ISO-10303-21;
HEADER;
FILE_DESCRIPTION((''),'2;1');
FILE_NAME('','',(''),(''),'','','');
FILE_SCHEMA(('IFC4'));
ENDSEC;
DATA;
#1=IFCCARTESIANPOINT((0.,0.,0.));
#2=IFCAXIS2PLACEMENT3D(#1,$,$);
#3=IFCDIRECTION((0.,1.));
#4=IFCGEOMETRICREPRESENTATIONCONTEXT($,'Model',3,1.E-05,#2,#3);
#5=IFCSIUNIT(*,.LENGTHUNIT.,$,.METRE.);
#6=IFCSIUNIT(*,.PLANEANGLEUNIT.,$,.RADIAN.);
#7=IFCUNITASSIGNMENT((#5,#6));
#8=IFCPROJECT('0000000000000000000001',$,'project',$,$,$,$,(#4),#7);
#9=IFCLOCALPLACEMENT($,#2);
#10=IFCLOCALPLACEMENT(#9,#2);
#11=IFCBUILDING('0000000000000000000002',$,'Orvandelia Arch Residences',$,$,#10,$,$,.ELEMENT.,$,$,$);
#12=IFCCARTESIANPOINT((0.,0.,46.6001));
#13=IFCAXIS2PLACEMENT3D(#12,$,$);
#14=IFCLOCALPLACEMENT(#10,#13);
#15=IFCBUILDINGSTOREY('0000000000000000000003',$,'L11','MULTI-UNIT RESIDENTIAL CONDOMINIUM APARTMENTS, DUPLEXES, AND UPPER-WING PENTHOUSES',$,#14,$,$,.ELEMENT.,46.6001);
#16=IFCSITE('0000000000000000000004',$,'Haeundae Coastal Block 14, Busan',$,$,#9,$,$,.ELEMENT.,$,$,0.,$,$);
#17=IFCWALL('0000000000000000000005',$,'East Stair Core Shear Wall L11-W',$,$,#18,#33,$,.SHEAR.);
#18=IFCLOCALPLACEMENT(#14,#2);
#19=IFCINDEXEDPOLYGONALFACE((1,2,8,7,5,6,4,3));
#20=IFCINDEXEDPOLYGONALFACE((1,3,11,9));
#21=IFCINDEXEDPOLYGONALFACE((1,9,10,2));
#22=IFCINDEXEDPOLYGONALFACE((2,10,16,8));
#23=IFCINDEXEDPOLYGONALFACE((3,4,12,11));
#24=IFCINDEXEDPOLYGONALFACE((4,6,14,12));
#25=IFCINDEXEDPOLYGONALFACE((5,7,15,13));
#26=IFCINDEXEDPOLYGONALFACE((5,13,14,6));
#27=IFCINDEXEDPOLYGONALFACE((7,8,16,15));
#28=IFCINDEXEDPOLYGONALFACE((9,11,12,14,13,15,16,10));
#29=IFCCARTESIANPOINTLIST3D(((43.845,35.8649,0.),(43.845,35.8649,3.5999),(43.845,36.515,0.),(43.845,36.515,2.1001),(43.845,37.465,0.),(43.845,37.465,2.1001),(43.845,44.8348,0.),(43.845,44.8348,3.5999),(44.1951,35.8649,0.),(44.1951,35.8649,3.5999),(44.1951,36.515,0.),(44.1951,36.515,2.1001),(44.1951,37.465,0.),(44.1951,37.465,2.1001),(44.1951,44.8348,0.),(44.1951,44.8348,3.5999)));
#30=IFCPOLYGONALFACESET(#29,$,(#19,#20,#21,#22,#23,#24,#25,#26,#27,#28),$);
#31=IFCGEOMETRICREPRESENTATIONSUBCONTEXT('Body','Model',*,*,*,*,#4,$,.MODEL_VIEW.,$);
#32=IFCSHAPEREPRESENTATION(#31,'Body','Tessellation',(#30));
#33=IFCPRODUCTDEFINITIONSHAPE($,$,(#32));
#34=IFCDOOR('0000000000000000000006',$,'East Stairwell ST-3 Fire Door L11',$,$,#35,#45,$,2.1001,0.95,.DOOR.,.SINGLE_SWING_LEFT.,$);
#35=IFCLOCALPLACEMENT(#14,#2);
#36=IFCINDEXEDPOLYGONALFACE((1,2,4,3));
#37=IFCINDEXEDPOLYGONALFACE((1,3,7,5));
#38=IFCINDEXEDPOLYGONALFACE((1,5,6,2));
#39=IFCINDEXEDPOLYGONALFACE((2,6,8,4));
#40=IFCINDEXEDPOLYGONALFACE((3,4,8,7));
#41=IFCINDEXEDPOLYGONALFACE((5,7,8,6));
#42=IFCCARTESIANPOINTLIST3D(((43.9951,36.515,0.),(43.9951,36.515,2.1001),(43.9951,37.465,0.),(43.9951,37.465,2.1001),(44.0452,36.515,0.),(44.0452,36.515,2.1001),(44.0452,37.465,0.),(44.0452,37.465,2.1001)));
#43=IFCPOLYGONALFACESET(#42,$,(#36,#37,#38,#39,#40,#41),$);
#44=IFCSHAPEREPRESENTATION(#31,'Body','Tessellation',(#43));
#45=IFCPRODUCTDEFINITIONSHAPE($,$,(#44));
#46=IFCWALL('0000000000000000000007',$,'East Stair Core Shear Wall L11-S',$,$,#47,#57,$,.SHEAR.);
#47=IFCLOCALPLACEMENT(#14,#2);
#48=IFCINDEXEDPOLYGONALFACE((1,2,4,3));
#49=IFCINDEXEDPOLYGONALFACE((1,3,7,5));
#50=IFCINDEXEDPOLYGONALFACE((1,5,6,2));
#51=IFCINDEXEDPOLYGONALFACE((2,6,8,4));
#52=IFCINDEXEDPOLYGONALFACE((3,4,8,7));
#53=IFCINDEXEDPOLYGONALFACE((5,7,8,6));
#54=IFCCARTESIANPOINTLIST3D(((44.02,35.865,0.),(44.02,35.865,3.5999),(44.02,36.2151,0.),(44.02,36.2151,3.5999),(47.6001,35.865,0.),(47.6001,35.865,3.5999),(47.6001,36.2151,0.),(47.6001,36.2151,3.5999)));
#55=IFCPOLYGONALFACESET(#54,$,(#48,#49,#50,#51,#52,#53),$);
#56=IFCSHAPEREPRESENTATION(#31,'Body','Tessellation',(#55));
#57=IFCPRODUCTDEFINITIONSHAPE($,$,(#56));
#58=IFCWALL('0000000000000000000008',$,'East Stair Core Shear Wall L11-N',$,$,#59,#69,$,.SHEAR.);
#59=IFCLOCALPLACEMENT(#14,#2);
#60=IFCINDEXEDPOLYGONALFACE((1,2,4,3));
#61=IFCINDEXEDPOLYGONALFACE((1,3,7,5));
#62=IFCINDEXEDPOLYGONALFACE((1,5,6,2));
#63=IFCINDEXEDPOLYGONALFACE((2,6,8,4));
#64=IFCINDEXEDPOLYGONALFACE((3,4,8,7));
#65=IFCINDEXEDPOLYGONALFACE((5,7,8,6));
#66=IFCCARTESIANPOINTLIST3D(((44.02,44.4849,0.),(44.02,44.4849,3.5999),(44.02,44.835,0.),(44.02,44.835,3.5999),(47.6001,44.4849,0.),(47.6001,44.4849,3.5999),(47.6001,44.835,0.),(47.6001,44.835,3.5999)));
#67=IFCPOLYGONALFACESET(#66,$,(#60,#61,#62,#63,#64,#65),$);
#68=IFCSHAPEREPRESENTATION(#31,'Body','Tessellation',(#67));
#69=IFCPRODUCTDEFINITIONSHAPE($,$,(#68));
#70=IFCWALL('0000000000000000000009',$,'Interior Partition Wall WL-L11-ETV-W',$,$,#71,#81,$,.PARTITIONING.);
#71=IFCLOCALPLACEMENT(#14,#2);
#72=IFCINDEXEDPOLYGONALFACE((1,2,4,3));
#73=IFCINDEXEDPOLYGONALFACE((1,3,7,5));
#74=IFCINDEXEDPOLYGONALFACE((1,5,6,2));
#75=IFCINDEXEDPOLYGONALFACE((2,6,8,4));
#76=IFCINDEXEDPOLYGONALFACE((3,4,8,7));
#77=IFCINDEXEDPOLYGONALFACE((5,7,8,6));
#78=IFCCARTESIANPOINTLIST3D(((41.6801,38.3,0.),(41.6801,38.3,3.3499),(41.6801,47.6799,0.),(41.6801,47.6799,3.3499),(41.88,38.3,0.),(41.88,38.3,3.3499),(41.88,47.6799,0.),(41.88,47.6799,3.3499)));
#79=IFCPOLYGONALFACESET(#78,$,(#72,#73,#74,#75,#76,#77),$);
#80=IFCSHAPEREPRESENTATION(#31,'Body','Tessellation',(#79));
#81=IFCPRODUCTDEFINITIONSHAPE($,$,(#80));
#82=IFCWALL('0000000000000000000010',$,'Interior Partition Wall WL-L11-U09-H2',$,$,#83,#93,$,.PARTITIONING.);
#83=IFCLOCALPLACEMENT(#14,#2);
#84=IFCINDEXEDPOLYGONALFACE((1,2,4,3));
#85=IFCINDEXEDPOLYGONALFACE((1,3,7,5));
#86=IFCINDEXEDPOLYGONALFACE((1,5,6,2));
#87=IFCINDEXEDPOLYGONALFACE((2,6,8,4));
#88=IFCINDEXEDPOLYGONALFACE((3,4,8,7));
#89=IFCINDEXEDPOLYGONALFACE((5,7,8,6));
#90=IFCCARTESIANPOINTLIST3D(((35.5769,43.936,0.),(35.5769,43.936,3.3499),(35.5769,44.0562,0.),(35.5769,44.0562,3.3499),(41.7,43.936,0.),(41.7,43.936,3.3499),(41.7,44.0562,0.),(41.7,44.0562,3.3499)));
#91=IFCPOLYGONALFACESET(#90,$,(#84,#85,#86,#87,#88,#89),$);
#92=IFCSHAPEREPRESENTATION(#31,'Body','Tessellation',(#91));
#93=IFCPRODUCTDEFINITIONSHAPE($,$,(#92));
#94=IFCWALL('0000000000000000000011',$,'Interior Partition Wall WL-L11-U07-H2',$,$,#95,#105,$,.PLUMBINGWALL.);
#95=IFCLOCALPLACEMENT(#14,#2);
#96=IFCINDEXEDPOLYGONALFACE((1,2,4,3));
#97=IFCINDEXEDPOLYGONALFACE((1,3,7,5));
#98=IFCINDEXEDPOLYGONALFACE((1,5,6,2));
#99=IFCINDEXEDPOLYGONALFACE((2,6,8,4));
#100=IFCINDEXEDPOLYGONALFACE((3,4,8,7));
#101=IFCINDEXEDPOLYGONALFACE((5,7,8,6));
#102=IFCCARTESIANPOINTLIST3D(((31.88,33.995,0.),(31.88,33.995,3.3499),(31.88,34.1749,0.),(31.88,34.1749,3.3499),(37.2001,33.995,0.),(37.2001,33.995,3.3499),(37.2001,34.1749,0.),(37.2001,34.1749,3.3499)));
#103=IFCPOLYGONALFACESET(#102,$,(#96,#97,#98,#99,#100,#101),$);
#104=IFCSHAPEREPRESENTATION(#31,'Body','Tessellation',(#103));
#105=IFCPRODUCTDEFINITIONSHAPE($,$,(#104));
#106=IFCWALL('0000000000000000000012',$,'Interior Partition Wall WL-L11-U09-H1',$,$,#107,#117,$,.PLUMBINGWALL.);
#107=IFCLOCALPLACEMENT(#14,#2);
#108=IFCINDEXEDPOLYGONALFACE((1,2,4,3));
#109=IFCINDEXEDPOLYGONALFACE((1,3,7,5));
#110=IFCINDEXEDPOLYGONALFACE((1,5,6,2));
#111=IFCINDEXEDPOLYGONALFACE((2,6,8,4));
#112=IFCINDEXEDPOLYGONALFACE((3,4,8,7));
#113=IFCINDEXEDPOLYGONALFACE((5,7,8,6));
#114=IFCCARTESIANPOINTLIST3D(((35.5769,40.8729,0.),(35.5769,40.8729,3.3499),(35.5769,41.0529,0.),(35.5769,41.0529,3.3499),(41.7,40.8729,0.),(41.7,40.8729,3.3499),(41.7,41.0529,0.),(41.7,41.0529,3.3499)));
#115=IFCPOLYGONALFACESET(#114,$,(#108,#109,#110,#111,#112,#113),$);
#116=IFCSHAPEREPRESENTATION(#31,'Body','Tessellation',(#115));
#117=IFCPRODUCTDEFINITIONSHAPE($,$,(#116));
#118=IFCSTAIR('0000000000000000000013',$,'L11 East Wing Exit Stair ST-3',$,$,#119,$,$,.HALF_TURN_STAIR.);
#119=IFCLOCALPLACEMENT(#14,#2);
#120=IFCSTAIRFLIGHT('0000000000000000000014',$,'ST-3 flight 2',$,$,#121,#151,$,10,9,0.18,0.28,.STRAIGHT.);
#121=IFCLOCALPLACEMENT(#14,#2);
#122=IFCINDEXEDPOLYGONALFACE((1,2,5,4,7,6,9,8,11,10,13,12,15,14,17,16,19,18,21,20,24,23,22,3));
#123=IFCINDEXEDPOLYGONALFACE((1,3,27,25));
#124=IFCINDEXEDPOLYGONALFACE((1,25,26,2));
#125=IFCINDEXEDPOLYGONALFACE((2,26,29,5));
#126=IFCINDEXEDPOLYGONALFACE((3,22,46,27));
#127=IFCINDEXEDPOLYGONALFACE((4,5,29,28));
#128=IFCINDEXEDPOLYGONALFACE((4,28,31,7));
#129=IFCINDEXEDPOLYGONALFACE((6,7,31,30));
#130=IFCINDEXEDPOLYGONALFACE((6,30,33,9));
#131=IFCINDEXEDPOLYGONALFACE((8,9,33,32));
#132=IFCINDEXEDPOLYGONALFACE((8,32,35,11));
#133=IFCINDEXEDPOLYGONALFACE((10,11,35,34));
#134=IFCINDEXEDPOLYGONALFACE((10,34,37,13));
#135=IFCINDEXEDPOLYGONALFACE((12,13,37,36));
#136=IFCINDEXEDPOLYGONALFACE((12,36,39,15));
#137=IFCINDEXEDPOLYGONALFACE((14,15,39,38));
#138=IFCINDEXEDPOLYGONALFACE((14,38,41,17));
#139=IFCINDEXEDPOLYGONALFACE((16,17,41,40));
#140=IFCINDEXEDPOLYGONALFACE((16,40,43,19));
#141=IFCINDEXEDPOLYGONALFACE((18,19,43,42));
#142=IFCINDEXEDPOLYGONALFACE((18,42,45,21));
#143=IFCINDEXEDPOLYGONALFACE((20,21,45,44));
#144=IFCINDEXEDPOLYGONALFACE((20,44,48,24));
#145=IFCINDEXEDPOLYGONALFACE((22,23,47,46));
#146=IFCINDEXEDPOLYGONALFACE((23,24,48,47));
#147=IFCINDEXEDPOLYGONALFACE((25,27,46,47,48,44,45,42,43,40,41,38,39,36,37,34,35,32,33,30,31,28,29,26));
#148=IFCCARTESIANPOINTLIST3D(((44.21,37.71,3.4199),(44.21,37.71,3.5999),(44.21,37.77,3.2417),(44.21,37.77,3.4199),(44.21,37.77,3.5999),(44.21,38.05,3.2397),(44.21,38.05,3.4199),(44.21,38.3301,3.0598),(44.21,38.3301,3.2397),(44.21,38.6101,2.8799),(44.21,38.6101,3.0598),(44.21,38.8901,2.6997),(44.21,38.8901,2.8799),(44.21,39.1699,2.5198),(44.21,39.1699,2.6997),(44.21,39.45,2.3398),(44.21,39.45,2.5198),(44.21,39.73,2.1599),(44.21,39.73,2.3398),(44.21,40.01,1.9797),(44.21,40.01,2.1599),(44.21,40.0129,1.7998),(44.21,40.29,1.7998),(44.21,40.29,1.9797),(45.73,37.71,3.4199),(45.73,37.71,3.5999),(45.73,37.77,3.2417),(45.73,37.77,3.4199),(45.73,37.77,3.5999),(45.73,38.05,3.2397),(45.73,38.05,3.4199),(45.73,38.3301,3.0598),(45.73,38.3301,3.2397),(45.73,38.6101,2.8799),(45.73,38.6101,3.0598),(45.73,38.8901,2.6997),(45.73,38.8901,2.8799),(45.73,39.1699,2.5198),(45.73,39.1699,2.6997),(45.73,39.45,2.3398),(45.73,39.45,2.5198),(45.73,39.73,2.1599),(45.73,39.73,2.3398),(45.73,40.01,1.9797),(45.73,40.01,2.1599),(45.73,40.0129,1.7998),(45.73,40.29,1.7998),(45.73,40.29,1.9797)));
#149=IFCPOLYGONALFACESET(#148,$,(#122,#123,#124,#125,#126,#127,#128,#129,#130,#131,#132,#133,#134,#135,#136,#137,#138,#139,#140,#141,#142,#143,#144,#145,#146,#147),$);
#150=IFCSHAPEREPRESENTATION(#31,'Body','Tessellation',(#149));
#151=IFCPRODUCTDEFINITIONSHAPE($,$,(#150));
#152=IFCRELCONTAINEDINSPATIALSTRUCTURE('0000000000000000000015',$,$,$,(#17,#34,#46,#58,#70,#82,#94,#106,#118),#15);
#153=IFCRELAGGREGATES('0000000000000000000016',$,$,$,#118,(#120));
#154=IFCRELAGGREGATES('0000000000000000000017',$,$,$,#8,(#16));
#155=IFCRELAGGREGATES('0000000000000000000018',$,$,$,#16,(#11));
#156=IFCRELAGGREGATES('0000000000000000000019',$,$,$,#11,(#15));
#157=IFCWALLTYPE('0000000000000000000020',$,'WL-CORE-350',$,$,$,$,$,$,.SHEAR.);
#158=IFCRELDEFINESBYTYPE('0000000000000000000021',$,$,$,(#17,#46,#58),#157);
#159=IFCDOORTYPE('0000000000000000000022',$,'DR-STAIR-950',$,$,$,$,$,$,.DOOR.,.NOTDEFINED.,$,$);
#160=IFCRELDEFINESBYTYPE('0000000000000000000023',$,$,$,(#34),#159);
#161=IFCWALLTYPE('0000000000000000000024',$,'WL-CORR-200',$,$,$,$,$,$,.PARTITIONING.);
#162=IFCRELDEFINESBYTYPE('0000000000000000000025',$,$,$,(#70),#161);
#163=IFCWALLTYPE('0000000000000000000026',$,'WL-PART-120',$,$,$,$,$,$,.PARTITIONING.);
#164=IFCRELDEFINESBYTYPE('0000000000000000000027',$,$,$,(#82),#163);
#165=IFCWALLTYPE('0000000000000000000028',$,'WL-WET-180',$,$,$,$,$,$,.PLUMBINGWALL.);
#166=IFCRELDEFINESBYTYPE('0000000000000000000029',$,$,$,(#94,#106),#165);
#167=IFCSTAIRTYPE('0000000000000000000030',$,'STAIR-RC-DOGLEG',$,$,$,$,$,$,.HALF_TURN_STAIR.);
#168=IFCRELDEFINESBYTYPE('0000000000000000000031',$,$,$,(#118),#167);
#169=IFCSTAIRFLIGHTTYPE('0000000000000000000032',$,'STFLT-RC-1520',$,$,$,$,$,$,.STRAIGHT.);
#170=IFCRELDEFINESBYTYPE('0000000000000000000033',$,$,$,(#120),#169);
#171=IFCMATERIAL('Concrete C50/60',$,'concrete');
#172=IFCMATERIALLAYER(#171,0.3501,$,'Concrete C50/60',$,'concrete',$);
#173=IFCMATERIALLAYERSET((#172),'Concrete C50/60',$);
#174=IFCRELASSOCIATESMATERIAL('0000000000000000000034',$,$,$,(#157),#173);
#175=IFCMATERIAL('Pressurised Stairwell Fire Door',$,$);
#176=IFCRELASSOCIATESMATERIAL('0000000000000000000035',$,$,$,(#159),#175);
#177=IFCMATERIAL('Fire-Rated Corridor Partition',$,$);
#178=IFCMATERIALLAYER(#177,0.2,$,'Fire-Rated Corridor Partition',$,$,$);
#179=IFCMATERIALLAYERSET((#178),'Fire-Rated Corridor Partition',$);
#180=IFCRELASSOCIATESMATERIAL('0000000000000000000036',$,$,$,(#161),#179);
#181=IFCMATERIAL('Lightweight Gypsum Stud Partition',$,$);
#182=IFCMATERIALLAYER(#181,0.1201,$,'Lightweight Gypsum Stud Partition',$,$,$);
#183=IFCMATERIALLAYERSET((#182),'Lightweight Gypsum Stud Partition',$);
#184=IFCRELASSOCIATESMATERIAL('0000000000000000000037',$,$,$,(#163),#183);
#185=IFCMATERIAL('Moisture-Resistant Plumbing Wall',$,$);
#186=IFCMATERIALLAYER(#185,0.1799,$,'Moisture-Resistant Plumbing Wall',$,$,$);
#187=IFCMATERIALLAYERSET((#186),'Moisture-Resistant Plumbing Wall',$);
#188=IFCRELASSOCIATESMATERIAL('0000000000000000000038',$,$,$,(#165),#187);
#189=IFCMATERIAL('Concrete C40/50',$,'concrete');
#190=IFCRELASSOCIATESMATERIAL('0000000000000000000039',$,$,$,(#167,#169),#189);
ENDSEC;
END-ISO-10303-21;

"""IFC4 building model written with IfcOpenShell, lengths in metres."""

from ifc_helpers import new_model, si_unit, direction, frame, frame_2d, origin, place, context, subcontext, project, spatial, polyline, rectangle, outline, extrude, material, layer, layer_set, type_object, element, fill, aggregate, save


model = new_model("IFC4")

# Units and contexts
model_context = context("Model", 3, precision=1e-05, world=origin(), true_north=direction((0.0, 1.0)))
body_context = subcontext(model_context, "Body", "Model", "MODEL_VIEW")
ifc_project = project(units=[si_unit("LENGTHUNIT", "METRE"), si_unit("PLANEANGLEUNIT", "RADIAN")], contexts=[model_context])

# Site, building, storey
site_placement = place(None, origin())
site = spatial("IfcSite", under=ifc_project, at=site_placement, Name="Haeundae Coastal Block 14, Busan", CompositionType="ELEMENT", RefElevation=0.0)
building_placement = place(site_placement, origin())
building = spatial("IfcBuilding", under=site, at=building_placement, Name="Orvandelia Arch Residences", CompositionType="ELEMENT")
storey_placement = place(building_placement, frame((0.0, 0.0, 46.6001)))
storey = spatial("IfcBuildingStorey", under=building, at=storey_placement, Name="L11", Description="MULTI-UNIT RESIDENTIAL CONDOMINIUM APARTMENTS, DUPLEXES, AND UPPER-WING PENTHOUSES", CompositionType="ELEMENT", Elevation=46.6001)

# Wall, opening, door
ifc_material_1 = material(Name="Concrete C50/60", Category="concrete")
ifc_layer_1 = layer(ifc_material_1, 0.3501, Name="Concrete C50/60", Category="concrete")
ifc_layer_set_1 = layer_set([ifc_layer_1], Name="Concrete C50/60")
wall_type_1 = type_object("IfcWallType", Name="WL-CORE-350", PredefinedType="SHEAR", material=ifc_layer_set_1)
wall_1_placement = place(storey_placement, frame((44.02, 35.865, 0.0), z_axis=(0.0, 0.0, 1.0), x_axis=(0.0, 1.0, 0.0)))
wall_1 = element("IfcWall", 1, at=wall_1_placement, inside=storey, type_object=wall_type_1, Name="East Stair Core Shear Wall L11-W", PredefinedType="SHEAR", context=body_context, shape_type="SweptSolid", body=[
    extrude(rectangle(XDim=8.97, YDim=0.3501, at=frame_2d((4.4849, 0.0))), origin(), (0.0, 0.0, 1.0), 3.5999),
])
opening_1_placement = place(wall_1_placement, frame((0.6499, 0.0, 0.0)))
opening_1 = element("IfcOpeningElement", 2, at=opening_1_placement, cuts=wall_1, PredefinedType="OPENING", context=body_context, shape_type="SweptSolid", body=[
    extrude(rectangle(XDim=0.95, YDim=2.1001, at=frame_2d((0.4751, 1.05))), frame((0.0, 0.1851, 0.0), z_axis=(0.0, -1.0, 0.0), x_axis=(1.0, 0.0, 0.0)), (0.0, 0.0, 1.0), 0.3701),
])
ifc_material_2 = material(Name="Pressurised Stairwell Fire Door")
door_type_1 = type_object("IfcDoorType", Name="DR-STAIR-950", OperationType="NOTDEFINED", PredefinedType="DOOR", material=ifc_material_2)
door_1_placement = place(opening_1_placement, origin())
door_1 = element("IfcDoor", 3, at=door_1_placement, inside=storey, type_object=door_type_1, Name="East Stairwell ST-3 Fire Door L11", OperationType="SINGLE_SWING_LEFT", OverallHeight=2.1001, OverallWidth=0.95, PredefinedType="DOOR", context=body_context, shape_type="SweptSolid", body=[
    extrude(rectangle(XDim=0.95, YDim=2.1001, at=frame_2d((0.4751, 1.05))), frame((0.0, 0.0249, 0.0), z_axis=(0.0, -1.0, 0.0), x_axis=(1.0, 0.0, 0.0)), (0.0, 0.0, 1.0), 0.05),
])
fill(opening_1, door_1)

# Walls
for number, where, z_axis, x_axis, name in (
    (4, (44.02, 36.04, 0.0), (0.0, 0.0, 1.0), (1.0, 0.0, 0.0), "East Stair Core Shear Wall L11-S"),
    (5, (44.02, 44.6599, 0.0), (0.0, 0.0, 1.0), (1.0, 0.0, 0.0), "East Stair Core Shear Wall L11-N"),
):
    element("IfcWall", number, at=place(storey_placement, frame(where, z_axis=z_axis, x_axis=x_axis)), inside=storey, type_object=wall_type_1, Name=name, PredefinedType="SHEAR", context=body_context, shape_type="SweptSolid", body=[
        extrude(rectangle(XDim=3.5801, YDim=0.3501, at=frame_2d((1.79, 0.0))), origin(), (0.0, 0.0, 1.0), 3.5999),
    ])
ifc_material_3 = material(Name="Fire-Rated Corridor Partition")
ifc_layer_2 = layer(ifc_material_3, 0.2, Name="Fire-Rated Corridor Partition")
ifc_layer_set_2 = layer_set([ifc_layer_2], Name="Fire-Rated Corridor Partition")
wall_type_2 = type_object("IfcWallType", Name="WL-CORR-200", PredefinedType="PARTITIONING", material=ifc_layer_set_2)
wall_2_placement = place(storey_placement, frame((41.78, 38.3, 0.0), z_axis=(0.0, 0.0, 1.0), x_axis=(0.0, 1.0, 0.0)))
element("IfcWall", 6, at=wall_2_placement, inside=storey, type_object=wall_type_2, Name="Interior Partition Wall WL-L11-ETV-W", PredefinedType="PARTITIONING", context=body_context, shape_type="SweptSolid", body=[
    extrude(rectangle(XDim=9.3799, YDim=0.2, at=frame_2d((4.6899, 0.0))), origin(), (0.0, 0.0, 1.0), 3.3499),
])
ifc_material_4 = material(Name="Lightweight Gypsum Stud Partition")
ifc_layer_3 = layer(ifc_material_4, 0.1201, Name="Lightweight Gypsum Stud Partition")
ifc_layer_set_3 = layer_set([ifc_layer_3], Name="Lightweight Gypsum Stud Partition")
wall_type_3 = type_object("IfcWallType", Name="WL-PART-120", PredefinedType="PARTITIONING", material=ifc_layer_set_3)
wall_3_placement = place(storey_placement, frame((35.5769, 43.9961, 0.0), z_axis=(0.0, 0.0, 1.0), x_axis=(1.0, 0.0, 0.0)))
element("IfcWall", 7, at=wall_3_placement, inside=storey, type_object=wall_type_3, Name="Interior Partition Wall WL-L11-U09-H2", PredefinedType="PARTITIONING", context=body_context, shape_type="SweptSolid", body=[
    extrude(rectangle(XDim=6.123, YDim=0.1201, at=frame_2d((3.0615, 0.0))), origin(), (0.0, 0.0, 1.0), 3.3499),
])
ifc_material_5 = material(Name="Moisture-Resistant Plumbing Wall")
ifc_layer_4 = layer(ifc_material_5, 0.1799, Name="Moisture-Resistant Plumbing Wall")
ifc_layer_set_4 = layer_set([ifc_layer_4], Name="Moisture-Resistant Plumbing Wall")
wall_type_4 = type_object("IfcWallType", Name="WL-WET-180", PredefinedType="PLUMBINGWALL", material=ifc_layer_set_4)
wall_4_placement = place(storey_placement, frame((31.8799, 34.085, 0.0), z_axis=(0.0, 0.0, 1.0), x_axis=(1.0, 0.0, 0.0)))
element("IfcWall", 8, at=wall_4_placement, inside=storey, type_object=wall_type_4, Name="Interior Partition Wall WL-L11-U07-H2", PredefinedType="PLUMBINGWALL", context=body_context, shape_type="SweptSolid", body=[
    extrude(rectangle(XDim=5.3201, YDim=0.1799, at=frame_2d((2.6602, 0.0))), origin(), (0.0, 0.0, 1.0), 3.3499),
])

# Wall
wall_5_placement = place(storey_placement, frame((35.5769, 40.9629, 0.0), z_axis=(0.0, 0.0, 1.0), x_axis=(1.0, 0.0, 0.0)))
element("IfcWall", 9, at=wall_5_placement, inside=storey, type_object=wall_type_4, Name="Interior Partition Wall WL-L11-U09-H1", PredefinedType="PLUMBINGWALL", context=body_context, shape_type="SweptSolid", body=[
    extrude(rectangle(XDim=6.123, YDim=0.1799, at=frame_2d((3.0615, 0.0))), origin(), (0.0, 0.0, 1.0), 3.3499),
])

# Stair, stair flight
ifc_material_6 = material(Name="Concrete C40/50", Category="concrete")
stair_type = type_object("IfcStairType", Name="STAIR-RC-DOGLEG", PredefinedType="HALF_TURN_STAIR", material=ifc_material_6)
stair_placement = place(storey_placement, origin())
stair = element("IfcStair", 10, at=stair_placement, inside=storey, type_object=stair_type, Name="L11 East Wing Exit Stair ST-3", PredefinedType="HALF_TURN_STAIR")
stair_flight_type = type_object("IfcStairFlightType", Name="STFLT-RC-1520", PredefinedType="STRAIGHT", material=ifc_material_6)
stair_flight_placement = place(storey_placement, frame((44.97, 40.29, 1.7998), z_axis=(0.0, 0.0, 1.0), x_axis=(0.0, -1.0, 0.0)))
stair_flight = element("IfcStairFlight", 11, at=stair_flight_placement, type_object=stair_flight_type, Name="ST-3 flight 2", NumberOfRisers=10, NumberOfTreads=9, PredefinedType="STRAIGHT", RiserHeight=0.18, TreadLength=0.28, context=body_context, shape_type="SweptSolid", body=[
    extrude(outline(polyline([(0.0, 0.0), (0.0, 0.1799), (0.28, 0.1799), (0.28, 0.3601), (0.5601, 0.3601), (0.5601, 0.54), (0.8401, 0.54), (0.8401, 0.72), (1.1201, 0.72), (1.1201, 0.8999), (1.3999, 0.8999), (1.3999, 1.0801), (1.6799, 1.0801), (1.6799, 1.26), (1.96, 1.26), (1.96, 1.4399), (2.24, 1.4399), (2.24, 1.6201), (2.52, 1.6201), (2.52, 1.8), (2.5801, 1.8), (2.5801, 1.6201), (2.52, 1.4419), (0.2771, 0.0), (0.0, 0.0)])), frame((0.0, 0.76, 0.0), z_axis=(0.0, -1.0, 0.0), x_axis=(1.0, 0.0, 0.0)), (0.0, 0.0, 1.0), 1.52),
])
aggregate(stair, [stair_flight])

save(model, "model.ifc")
